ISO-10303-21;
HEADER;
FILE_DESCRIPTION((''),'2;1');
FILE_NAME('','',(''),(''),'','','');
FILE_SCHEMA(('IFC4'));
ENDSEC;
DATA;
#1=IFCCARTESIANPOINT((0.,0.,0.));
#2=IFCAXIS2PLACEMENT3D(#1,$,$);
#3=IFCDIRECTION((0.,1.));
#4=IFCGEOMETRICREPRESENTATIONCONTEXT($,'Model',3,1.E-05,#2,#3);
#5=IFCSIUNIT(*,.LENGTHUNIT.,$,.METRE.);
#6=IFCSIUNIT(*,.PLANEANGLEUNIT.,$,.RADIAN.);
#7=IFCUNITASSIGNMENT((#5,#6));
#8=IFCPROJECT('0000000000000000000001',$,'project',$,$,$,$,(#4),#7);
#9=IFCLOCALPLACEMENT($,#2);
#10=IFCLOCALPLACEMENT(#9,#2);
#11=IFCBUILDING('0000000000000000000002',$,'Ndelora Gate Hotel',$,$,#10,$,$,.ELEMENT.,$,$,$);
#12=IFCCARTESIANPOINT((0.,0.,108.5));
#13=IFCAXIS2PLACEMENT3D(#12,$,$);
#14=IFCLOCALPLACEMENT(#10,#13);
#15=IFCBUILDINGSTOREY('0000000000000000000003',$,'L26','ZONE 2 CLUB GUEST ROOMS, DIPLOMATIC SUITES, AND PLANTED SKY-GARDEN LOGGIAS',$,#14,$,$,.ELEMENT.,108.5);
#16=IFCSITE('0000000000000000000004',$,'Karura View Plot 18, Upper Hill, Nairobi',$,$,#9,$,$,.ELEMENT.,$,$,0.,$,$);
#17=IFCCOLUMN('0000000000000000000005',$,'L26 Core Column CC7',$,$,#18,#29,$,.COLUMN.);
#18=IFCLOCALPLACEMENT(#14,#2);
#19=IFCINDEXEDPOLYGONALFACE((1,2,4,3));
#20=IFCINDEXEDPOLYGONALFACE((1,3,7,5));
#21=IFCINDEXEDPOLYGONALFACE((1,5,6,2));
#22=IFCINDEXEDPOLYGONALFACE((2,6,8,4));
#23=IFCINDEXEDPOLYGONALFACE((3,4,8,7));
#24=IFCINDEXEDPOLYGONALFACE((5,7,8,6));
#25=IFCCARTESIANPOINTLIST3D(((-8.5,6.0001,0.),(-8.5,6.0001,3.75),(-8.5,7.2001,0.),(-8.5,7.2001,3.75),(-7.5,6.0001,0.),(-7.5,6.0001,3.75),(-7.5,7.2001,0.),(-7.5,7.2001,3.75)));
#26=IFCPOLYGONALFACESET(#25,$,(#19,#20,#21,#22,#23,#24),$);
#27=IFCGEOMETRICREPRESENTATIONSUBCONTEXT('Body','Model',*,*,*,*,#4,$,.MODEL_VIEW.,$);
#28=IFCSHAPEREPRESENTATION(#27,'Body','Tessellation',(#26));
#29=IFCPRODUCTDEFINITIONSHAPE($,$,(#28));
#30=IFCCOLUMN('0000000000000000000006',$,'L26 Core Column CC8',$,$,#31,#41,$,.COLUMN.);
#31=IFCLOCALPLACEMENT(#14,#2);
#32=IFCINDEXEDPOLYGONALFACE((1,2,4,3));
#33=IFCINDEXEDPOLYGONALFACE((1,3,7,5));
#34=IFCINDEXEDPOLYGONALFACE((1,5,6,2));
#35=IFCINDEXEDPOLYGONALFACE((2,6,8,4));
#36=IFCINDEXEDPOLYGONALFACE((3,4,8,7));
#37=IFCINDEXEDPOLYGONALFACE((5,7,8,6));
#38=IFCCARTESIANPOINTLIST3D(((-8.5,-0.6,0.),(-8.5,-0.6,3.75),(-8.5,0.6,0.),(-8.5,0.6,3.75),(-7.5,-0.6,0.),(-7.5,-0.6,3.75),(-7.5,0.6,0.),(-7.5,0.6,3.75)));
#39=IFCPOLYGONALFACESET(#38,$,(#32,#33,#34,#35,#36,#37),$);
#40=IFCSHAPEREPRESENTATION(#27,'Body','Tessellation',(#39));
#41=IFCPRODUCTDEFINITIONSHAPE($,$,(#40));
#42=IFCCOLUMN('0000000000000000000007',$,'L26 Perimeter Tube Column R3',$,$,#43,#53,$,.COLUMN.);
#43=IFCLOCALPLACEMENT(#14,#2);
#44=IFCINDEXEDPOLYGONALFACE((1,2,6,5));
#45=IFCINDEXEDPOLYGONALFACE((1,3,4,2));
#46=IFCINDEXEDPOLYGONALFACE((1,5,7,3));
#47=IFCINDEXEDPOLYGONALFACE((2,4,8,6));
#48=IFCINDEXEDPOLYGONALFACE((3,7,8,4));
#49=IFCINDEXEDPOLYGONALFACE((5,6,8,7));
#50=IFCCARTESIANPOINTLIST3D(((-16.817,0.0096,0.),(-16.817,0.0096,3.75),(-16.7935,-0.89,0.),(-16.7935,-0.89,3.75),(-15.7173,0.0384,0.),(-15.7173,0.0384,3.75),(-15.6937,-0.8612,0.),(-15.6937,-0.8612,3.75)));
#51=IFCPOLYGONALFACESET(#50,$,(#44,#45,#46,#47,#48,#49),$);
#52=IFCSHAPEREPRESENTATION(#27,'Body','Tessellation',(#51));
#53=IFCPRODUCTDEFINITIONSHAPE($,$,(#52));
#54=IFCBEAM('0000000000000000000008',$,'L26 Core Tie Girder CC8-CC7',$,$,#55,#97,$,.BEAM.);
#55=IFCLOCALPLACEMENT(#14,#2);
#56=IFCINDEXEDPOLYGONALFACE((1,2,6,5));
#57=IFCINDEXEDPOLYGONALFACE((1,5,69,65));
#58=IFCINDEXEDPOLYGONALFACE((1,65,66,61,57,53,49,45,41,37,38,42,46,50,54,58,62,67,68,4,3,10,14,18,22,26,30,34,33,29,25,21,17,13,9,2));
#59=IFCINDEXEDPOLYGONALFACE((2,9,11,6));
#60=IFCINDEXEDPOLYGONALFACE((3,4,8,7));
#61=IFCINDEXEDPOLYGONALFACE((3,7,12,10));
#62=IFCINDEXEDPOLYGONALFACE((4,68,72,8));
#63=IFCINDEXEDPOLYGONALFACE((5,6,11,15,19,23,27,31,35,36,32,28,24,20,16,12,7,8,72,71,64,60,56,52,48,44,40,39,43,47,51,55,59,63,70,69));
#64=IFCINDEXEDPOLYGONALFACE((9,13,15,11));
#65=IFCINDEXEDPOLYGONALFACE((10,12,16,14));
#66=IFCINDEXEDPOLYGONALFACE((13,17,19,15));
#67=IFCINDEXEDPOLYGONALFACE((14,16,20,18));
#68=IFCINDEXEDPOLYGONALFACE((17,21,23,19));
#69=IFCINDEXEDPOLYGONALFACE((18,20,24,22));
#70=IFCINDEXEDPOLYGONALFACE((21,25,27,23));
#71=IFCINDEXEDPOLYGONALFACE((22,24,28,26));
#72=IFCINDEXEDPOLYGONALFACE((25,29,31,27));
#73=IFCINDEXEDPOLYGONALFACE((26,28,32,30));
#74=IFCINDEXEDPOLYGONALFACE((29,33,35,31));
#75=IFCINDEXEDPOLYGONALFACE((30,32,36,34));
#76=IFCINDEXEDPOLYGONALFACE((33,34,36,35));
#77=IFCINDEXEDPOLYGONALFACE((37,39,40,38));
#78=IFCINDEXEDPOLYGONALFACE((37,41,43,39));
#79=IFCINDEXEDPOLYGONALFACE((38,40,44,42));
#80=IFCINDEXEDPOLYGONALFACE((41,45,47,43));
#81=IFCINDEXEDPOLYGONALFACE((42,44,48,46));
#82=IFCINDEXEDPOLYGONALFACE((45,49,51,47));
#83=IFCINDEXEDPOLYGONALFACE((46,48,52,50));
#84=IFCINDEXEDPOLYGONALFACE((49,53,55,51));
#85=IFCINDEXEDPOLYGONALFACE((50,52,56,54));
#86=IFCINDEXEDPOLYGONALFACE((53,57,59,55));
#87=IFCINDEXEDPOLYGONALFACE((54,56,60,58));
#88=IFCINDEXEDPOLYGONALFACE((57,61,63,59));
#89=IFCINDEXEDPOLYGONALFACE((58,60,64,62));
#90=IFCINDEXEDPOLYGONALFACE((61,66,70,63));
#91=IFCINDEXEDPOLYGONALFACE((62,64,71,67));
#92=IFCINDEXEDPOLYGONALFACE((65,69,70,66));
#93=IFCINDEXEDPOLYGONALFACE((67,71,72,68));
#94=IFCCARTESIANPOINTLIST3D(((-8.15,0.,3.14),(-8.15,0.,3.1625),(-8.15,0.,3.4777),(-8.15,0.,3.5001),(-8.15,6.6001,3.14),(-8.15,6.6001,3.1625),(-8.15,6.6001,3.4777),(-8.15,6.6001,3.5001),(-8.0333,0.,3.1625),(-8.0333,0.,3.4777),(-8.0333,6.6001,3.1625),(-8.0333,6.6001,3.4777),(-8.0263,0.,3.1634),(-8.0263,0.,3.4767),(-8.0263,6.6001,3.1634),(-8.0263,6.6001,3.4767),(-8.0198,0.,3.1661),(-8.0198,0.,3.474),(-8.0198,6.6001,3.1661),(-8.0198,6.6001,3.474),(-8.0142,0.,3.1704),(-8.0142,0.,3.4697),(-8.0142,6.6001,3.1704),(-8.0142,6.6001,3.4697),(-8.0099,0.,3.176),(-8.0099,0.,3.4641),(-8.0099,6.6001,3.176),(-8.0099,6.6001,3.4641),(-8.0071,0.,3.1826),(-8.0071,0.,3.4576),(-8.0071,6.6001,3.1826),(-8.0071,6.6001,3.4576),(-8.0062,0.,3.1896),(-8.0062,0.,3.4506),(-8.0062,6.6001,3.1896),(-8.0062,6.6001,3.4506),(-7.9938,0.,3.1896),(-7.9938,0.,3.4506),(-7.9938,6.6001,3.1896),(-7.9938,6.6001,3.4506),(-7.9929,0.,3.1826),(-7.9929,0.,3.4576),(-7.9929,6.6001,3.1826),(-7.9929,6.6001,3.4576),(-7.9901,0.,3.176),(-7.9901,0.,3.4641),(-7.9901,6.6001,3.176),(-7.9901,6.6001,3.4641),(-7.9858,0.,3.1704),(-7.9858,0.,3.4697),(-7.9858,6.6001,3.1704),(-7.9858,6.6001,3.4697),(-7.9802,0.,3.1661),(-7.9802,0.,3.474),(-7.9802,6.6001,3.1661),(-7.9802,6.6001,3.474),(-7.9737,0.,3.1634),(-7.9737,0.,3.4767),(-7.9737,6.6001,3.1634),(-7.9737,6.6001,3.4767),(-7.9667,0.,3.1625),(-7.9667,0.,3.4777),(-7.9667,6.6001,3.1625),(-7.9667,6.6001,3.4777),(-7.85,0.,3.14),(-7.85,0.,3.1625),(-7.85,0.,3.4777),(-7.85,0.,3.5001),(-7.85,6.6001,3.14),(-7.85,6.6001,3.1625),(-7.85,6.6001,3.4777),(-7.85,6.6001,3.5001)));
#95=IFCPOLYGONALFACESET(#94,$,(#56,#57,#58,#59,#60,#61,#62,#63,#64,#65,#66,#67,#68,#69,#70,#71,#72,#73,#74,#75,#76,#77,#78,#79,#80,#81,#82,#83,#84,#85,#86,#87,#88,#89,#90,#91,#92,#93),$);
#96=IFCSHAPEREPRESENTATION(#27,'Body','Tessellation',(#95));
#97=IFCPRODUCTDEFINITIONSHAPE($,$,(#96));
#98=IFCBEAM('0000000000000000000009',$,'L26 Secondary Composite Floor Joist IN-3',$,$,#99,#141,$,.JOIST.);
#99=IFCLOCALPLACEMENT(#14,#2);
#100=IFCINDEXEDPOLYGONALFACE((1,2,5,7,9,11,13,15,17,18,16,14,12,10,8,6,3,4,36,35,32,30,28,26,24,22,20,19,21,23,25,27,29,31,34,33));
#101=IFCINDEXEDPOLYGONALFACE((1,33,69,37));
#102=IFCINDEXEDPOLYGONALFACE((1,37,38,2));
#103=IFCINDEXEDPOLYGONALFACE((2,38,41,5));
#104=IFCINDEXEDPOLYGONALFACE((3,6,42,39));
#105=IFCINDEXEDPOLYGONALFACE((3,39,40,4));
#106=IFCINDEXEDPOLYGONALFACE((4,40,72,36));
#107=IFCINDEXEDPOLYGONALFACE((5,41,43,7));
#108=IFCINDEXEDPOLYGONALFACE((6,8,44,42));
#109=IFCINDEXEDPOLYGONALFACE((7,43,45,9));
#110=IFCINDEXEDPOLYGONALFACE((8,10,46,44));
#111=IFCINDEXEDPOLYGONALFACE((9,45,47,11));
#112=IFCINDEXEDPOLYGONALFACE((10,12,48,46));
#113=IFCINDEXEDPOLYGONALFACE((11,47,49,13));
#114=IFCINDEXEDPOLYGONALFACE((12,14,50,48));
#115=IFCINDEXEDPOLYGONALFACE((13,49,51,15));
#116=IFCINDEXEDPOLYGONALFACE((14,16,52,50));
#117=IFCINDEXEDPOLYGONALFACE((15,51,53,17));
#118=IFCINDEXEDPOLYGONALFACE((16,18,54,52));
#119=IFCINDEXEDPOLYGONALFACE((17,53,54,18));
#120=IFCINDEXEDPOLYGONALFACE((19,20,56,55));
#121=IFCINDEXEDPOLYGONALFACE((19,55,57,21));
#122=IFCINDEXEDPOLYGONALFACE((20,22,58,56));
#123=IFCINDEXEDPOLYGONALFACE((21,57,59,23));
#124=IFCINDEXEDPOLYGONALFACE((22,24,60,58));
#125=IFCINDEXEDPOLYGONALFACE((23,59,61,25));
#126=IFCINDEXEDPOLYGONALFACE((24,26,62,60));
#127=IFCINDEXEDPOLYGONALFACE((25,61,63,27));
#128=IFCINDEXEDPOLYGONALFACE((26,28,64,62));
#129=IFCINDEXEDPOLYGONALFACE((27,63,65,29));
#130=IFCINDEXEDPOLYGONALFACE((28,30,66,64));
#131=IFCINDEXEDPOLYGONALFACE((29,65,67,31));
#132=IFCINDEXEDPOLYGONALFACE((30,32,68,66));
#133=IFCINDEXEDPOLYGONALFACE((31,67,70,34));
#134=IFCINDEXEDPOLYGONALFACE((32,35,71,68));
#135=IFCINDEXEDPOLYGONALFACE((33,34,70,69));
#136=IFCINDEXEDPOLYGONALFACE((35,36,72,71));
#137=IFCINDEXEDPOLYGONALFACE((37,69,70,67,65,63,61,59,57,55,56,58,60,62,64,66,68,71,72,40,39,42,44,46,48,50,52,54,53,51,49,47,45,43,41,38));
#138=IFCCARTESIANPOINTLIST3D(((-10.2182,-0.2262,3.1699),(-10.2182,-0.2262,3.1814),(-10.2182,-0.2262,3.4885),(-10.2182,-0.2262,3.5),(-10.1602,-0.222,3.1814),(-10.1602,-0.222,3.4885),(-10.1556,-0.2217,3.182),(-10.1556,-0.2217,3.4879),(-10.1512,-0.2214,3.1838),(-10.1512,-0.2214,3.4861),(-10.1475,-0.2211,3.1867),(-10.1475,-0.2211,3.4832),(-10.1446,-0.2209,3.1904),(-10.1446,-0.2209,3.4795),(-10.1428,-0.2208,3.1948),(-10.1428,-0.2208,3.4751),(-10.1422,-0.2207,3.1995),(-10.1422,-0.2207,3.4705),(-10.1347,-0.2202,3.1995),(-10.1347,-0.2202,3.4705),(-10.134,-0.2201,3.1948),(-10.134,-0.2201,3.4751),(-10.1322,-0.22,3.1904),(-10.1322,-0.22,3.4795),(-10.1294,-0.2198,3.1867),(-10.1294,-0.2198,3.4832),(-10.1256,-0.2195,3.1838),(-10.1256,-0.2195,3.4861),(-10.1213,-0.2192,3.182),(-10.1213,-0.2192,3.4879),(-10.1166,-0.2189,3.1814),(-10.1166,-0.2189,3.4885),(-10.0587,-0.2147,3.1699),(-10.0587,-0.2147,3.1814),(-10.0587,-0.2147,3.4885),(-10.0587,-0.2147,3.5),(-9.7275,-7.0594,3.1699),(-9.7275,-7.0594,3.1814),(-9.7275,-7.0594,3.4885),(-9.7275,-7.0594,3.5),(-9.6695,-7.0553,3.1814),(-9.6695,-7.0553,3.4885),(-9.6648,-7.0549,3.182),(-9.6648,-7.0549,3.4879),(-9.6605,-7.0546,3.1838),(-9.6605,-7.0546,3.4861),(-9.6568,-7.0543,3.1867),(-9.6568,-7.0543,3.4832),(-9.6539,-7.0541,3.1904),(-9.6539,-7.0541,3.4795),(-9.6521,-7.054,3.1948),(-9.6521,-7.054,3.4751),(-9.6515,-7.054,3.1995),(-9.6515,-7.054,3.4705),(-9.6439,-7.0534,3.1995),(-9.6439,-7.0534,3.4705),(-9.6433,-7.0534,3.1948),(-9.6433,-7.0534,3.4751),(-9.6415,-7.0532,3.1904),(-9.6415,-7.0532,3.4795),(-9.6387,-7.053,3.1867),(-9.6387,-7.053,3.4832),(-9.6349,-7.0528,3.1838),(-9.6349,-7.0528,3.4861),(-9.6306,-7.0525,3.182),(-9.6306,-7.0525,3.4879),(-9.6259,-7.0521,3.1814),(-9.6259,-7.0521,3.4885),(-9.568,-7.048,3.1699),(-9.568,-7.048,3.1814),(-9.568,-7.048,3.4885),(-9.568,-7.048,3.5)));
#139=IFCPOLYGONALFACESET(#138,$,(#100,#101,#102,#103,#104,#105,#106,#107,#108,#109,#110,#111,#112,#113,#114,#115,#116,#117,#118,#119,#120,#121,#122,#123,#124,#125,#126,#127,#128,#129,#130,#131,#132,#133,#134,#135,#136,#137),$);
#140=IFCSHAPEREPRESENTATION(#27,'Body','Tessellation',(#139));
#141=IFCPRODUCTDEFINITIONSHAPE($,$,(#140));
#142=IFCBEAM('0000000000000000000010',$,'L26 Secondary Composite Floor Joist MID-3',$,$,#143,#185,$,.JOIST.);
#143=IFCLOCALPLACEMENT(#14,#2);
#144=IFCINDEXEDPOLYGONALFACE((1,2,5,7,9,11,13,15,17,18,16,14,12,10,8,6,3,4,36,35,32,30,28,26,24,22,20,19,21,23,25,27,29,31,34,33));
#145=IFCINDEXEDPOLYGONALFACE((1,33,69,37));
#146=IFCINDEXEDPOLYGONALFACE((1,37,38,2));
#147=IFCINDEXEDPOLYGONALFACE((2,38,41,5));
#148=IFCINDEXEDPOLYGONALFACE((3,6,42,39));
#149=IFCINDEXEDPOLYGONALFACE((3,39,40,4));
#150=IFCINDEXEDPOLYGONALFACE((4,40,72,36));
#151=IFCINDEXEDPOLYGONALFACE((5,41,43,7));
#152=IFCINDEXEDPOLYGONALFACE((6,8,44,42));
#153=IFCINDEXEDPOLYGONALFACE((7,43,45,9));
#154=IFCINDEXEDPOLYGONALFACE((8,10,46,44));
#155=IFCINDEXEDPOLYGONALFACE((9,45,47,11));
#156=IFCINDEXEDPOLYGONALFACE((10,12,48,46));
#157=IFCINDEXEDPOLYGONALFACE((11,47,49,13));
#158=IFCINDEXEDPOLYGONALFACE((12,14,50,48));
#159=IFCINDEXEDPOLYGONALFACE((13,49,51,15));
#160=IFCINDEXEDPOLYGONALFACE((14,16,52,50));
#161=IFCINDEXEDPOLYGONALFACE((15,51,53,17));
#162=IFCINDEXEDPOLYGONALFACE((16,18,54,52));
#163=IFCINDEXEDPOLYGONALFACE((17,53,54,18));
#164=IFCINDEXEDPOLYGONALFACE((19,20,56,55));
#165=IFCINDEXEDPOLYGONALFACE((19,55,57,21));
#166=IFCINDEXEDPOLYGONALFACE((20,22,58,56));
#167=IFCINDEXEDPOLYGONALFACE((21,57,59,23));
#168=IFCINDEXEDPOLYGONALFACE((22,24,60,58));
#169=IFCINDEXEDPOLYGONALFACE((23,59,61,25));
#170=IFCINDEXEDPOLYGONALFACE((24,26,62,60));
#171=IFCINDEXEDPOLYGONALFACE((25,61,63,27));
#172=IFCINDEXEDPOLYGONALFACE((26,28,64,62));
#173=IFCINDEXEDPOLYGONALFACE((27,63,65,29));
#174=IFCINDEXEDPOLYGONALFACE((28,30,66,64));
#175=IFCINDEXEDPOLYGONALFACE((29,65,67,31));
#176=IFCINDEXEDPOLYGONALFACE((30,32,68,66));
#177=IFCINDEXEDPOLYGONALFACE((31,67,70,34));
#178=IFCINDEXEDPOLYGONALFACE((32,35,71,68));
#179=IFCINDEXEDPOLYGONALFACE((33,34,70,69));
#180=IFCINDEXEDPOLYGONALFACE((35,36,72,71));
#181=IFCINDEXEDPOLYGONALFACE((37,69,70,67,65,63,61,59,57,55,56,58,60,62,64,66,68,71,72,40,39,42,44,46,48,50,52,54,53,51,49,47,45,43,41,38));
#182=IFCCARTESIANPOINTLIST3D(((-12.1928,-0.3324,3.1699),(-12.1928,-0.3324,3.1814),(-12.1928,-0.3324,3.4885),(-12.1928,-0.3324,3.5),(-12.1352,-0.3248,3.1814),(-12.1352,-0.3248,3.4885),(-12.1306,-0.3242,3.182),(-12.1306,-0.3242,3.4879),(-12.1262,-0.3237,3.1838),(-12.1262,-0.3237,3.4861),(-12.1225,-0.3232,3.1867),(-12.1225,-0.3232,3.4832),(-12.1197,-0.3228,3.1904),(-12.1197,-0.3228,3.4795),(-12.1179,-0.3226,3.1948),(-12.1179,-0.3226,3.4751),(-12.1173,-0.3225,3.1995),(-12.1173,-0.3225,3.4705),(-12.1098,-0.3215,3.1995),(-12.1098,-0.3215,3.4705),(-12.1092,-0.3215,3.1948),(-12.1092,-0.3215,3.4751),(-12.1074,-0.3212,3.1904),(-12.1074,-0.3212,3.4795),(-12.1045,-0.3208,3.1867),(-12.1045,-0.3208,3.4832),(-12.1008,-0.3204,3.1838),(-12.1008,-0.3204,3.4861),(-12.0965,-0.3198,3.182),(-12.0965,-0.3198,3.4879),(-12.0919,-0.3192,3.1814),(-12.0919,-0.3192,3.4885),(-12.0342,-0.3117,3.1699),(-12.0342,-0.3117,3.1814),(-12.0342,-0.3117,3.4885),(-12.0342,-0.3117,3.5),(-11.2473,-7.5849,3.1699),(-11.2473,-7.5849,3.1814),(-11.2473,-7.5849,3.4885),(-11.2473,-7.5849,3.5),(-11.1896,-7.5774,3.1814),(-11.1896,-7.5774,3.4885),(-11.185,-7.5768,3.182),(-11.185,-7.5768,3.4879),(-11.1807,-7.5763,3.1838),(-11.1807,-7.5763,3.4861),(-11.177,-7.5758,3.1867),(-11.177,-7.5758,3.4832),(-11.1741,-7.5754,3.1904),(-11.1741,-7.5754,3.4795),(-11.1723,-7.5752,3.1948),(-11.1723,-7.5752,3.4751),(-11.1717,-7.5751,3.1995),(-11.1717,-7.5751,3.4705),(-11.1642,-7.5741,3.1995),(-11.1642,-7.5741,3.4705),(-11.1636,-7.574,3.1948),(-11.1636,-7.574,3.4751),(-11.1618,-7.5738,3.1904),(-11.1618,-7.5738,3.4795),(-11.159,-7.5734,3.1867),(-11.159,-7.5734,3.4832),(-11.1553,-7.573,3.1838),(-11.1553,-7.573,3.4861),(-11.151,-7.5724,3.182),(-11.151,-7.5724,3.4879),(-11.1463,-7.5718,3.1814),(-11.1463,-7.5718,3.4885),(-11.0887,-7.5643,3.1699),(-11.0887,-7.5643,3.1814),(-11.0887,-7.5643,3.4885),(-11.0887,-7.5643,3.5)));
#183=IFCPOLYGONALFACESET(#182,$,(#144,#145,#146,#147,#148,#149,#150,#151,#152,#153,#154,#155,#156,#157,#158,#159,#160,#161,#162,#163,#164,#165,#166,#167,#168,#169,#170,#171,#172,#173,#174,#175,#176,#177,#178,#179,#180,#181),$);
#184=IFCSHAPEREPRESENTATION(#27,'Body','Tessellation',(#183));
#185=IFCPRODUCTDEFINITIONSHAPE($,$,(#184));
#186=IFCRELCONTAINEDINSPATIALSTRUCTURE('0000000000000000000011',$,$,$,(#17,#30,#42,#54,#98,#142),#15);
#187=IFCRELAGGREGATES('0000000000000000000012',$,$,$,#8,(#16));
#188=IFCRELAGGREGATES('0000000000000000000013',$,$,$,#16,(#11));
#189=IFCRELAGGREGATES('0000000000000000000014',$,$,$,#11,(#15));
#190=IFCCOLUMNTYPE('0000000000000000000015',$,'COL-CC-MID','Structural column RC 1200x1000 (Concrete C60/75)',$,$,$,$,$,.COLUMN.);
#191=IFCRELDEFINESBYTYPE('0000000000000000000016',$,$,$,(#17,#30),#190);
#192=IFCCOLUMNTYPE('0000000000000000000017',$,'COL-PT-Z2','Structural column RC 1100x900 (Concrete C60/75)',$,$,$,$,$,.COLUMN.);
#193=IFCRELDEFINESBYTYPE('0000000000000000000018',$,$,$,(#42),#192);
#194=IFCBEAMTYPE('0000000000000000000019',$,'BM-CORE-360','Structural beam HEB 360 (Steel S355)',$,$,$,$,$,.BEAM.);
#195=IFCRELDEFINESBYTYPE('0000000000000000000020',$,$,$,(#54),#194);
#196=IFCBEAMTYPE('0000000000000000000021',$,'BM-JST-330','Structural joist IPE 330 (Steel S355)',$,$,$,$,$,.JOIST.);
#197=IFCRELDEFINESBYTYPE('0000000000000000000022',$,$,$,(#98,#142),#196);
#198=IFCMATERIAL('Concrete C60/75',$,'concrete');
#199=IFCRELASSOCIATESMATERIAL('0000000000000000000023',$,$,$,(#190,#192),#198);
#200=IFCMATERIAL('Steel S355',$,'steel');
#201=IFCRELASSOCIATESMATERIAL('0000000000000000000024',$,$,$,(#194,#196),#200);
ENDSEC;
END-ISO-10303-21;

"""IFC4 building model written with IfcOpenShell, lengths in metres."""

from ifc_helpers import new_model, si_unit, direction, frame, origin, origin_2d, place, context, subcontext, project, spatial, rectangle, i_section, extrude, material, material_profile, profile_set, type_object, element, save


model = new_model("IFC4")

# Units and contexts
model_context = context("Model", 3, precision=1e-05, world=origin(), true_north=direction((0.0, 1.0)))
body_context = subcontext(model_context, "Body", "Model", "MODEL_VIEW")
ifc_project = project(units=[si_unit("LENGTHUNIT", "METRE"), si_unit("PLANEANGLEUNIT", "RADIAN")], contexts=[model_context])

# Site, building, storey
site_placement = place(None, origin())
site = spatial("IfcSite", under=ifc_project, at=site_placement, Name="Karura View Plot 18, Upper Hill, Nairobi", CompositionType="ELEMENT", RefElevation=0.0)
building_placement = place(site_placement, origin())
building = spatial("IfcBuilding", under=site, at=building_placement, Name="Ndelora Gate Hotel", CompositionType="ELEMENT")
storey_placement = place(building_placement, frame((0.0, 0.0, 108.5)))
storey = spatial("IfcBuildingStorey", under=building, at=storey_placement, Name="L26", Description="ZONE 2 CLUB GUEST ROOMS, DIPLOMATIC SUITES, AND PLANTED SKY-GARDEN LOGGIAS", CompositionType="ELEMENT", Elevation=108.5)

# Columns
ifc_material_1 = material(Name="Concrete C60/75", Category="concrete")
ifc_material_profile_1 = material_profile(ifc_material_1, rectangle(XDim=1.0, YDim=1.2, at=origin_2d()), Name="RC 1200x1000")
ifc_profile_set_1 = profile_set([ifc_material_profile_1], Name="Concrete C60/75")
column_type_1 = type_object("IfcColumnType", Name="COL-CC-MID", Description="Structural column RC 1200x1000 (Concrete C60/75)", PredefinedType="COLUMN", material=ifc_profile_set_1)
for number, where, z_axis, x_axis, name in (
    (1, (-8.0, 6.6001, 0.0), (0.0, 0.0, 1.0), (1.0, 0.0, 0.0), "L26 Core Column CC7"),
    (2, (-8.0, 0.0, 0.0), (0.0, 0.0, 1.0), (1.0, 0.0, 0.0), "L26 Core Column CC8"),
):
    element("IfcColumn", number, at=place(storey_placement, frame(where, z_axis=z_axis, x_axis=x_axis)), inside=storey, type_object=column_type_1, Name=name, PredefinedType="COLUMN", context=body_context, shape_type="SweptSolid", body=[
        extrude(rectangle(XDim=1.0, YDim=1.2, at=origin_2d()), origin(), (0.0, 0.0, 1.0), 3.75),
    ])
ifc_material_profile_2 = material_profile(ifc_material_1, rectangle(XDim=0.8999, YDim=1.1001, at=origin_2d()), Name="RC 1100x900")
ifc_profile_set_2 = profile_set([ifc_material_profile_2], Name="Concrete C60/75")
column_type_2 = type_object("IfcColumnType", Name="COL-PT-Z2", Description="Structural column RC 1100x900 (Concrete C60/75)", PredefinedType="COLUMN", material=ifc_profile_set_2)
column_placement = place(storey_placement, frame((-16.2554, -0.4258, 0.0), z_axis=(0.0, 0.0, 1.0), x_axis=(-0.026177, 0.999657, 0.0)))
element("IfcColumn", 3, at=column_placement, inside=storey, type_object=column_type_2, Name="L26 Perimeter Tube Column R3", PredefinedType="COLUMN", context=body_context, shape_type="SweptSolid", body=[
    extrude(rectangle(XDim=0.8999, YDim=1.1001, at=origin_2d()), origin(), (0.0, 0.0, 1.0), 3.75),
])

# Beams
ifc_material_2 = material(Name="Steel S355", Category="steel")
ifc_material_profile_3 = material_profile(ifc_material_2, i_section(OverallWidth=0.3, OverallDepth=0.3601, WebThickness=0.0125, FlangeThickness=0.0225, FilletRadius=0.0271, at=origin_2d()), Name="HEB 360")
ifc_profile_set_3 = profile_set([ifc_material_profile_3], Name="Steel S355")
beam_type_1 = type_object("IfcBeamType", Name="BM-CORE-360", Description="Structural beam HEB 360 (Steel S355)", PredefinedType="BEAM", material=ifc_profile_set_3)
beam_1_placement = place(storey_placement, frame((-8.0, 0.0, 3.3201), z_axis=(0.0, 1.0, 0.0), x_axis=(-1.0, 0.0, 0.0)))
element("IfcBeam", 4, at=beam_1_placement, inside=storey, type_object=beam_type_1, Name="L26 Core Tie Girder CC8-CC7", PredefinedType="BEAM", context=body_context, shape_type="SweptSolid", body=[
    extrude(i_section(OverallWidth=0.3, OverallDepth=0.3601, WebThickness=0.0125, FlangeThickness=0.0225, FilletRadius=0.0271, at=origin_2d()), origin(), (0.0, 0.0, 1.0), 6.6001),
])
ifc_material_profile_4 = material_profile(ifc_material_2, i_section(OverallWidth=0.1599, OverallDepth=0.3301, WebThickness=0.0076, FlangeThickness=0.0115, FilletRadius=0.0181, at=origin_2d()), Name="IPE 330")
ifc_profile_set_4 = profile_set([ifc_material_profile_4], Name="Steel S355")
beam_type_2 = type_object("IfcBeamType", Name="BM-JST-330", Description="Structural joist IPE 330 (Steel S355)", PredefinedType="JOIST", material=ifc_profile_set_4)
beam_2_placement = place(storey_placement, frame((-10.1384, -0.2205, 3.335), z_axis=(0.071629, -0.997431, 0.0), x_axis=(0.997431, 0.071629, 0.0)))
element("IfcBeam", 5, at=beam_2_placement, inside=storey, type_object=beam_type_2, Name="L26 Secondary Composite Floor Joist IN-3", PredefinedType="JOIST", context=body_context, shape_type="SweptSolid", body=[
    extrude(i_section(OverallWidth=0.1599, OverallDepth=0.3301, WebThickness=0.0076, FlangeThickness=0.0115, FilletRadius=0.0181, at=origin_2d()), origin(), (0.0, 0.0, 1.0), 6.8508),
])
beam_3_placement = place(storey_placement, frame((-12.1135, -0.322, 3.335), z_axis=(0.129279, -0.991608, 0.0), x_axis=(0.991608, 0.129279, 0.0)))
element("IfcBeam", 6, at=beam_3_placement, inside=storey, type_object=beam_type_2, Name="L26 Secondary Composite Floor Joist MID-3", PredefinedType="JOIST", context=body_context, shape_type="SweptSolid", body=[
    extrude(i_section(OverallWidth=0.1599, OverallDepth=0.3301, WebThickness=0.0076, FlangeThickness=0.0115, FilletRadius=0.0181, at=origin_2d()), origin(), (0.0, 0.0, 1.0), 7.314),
])

save(model, "model.ifc")
